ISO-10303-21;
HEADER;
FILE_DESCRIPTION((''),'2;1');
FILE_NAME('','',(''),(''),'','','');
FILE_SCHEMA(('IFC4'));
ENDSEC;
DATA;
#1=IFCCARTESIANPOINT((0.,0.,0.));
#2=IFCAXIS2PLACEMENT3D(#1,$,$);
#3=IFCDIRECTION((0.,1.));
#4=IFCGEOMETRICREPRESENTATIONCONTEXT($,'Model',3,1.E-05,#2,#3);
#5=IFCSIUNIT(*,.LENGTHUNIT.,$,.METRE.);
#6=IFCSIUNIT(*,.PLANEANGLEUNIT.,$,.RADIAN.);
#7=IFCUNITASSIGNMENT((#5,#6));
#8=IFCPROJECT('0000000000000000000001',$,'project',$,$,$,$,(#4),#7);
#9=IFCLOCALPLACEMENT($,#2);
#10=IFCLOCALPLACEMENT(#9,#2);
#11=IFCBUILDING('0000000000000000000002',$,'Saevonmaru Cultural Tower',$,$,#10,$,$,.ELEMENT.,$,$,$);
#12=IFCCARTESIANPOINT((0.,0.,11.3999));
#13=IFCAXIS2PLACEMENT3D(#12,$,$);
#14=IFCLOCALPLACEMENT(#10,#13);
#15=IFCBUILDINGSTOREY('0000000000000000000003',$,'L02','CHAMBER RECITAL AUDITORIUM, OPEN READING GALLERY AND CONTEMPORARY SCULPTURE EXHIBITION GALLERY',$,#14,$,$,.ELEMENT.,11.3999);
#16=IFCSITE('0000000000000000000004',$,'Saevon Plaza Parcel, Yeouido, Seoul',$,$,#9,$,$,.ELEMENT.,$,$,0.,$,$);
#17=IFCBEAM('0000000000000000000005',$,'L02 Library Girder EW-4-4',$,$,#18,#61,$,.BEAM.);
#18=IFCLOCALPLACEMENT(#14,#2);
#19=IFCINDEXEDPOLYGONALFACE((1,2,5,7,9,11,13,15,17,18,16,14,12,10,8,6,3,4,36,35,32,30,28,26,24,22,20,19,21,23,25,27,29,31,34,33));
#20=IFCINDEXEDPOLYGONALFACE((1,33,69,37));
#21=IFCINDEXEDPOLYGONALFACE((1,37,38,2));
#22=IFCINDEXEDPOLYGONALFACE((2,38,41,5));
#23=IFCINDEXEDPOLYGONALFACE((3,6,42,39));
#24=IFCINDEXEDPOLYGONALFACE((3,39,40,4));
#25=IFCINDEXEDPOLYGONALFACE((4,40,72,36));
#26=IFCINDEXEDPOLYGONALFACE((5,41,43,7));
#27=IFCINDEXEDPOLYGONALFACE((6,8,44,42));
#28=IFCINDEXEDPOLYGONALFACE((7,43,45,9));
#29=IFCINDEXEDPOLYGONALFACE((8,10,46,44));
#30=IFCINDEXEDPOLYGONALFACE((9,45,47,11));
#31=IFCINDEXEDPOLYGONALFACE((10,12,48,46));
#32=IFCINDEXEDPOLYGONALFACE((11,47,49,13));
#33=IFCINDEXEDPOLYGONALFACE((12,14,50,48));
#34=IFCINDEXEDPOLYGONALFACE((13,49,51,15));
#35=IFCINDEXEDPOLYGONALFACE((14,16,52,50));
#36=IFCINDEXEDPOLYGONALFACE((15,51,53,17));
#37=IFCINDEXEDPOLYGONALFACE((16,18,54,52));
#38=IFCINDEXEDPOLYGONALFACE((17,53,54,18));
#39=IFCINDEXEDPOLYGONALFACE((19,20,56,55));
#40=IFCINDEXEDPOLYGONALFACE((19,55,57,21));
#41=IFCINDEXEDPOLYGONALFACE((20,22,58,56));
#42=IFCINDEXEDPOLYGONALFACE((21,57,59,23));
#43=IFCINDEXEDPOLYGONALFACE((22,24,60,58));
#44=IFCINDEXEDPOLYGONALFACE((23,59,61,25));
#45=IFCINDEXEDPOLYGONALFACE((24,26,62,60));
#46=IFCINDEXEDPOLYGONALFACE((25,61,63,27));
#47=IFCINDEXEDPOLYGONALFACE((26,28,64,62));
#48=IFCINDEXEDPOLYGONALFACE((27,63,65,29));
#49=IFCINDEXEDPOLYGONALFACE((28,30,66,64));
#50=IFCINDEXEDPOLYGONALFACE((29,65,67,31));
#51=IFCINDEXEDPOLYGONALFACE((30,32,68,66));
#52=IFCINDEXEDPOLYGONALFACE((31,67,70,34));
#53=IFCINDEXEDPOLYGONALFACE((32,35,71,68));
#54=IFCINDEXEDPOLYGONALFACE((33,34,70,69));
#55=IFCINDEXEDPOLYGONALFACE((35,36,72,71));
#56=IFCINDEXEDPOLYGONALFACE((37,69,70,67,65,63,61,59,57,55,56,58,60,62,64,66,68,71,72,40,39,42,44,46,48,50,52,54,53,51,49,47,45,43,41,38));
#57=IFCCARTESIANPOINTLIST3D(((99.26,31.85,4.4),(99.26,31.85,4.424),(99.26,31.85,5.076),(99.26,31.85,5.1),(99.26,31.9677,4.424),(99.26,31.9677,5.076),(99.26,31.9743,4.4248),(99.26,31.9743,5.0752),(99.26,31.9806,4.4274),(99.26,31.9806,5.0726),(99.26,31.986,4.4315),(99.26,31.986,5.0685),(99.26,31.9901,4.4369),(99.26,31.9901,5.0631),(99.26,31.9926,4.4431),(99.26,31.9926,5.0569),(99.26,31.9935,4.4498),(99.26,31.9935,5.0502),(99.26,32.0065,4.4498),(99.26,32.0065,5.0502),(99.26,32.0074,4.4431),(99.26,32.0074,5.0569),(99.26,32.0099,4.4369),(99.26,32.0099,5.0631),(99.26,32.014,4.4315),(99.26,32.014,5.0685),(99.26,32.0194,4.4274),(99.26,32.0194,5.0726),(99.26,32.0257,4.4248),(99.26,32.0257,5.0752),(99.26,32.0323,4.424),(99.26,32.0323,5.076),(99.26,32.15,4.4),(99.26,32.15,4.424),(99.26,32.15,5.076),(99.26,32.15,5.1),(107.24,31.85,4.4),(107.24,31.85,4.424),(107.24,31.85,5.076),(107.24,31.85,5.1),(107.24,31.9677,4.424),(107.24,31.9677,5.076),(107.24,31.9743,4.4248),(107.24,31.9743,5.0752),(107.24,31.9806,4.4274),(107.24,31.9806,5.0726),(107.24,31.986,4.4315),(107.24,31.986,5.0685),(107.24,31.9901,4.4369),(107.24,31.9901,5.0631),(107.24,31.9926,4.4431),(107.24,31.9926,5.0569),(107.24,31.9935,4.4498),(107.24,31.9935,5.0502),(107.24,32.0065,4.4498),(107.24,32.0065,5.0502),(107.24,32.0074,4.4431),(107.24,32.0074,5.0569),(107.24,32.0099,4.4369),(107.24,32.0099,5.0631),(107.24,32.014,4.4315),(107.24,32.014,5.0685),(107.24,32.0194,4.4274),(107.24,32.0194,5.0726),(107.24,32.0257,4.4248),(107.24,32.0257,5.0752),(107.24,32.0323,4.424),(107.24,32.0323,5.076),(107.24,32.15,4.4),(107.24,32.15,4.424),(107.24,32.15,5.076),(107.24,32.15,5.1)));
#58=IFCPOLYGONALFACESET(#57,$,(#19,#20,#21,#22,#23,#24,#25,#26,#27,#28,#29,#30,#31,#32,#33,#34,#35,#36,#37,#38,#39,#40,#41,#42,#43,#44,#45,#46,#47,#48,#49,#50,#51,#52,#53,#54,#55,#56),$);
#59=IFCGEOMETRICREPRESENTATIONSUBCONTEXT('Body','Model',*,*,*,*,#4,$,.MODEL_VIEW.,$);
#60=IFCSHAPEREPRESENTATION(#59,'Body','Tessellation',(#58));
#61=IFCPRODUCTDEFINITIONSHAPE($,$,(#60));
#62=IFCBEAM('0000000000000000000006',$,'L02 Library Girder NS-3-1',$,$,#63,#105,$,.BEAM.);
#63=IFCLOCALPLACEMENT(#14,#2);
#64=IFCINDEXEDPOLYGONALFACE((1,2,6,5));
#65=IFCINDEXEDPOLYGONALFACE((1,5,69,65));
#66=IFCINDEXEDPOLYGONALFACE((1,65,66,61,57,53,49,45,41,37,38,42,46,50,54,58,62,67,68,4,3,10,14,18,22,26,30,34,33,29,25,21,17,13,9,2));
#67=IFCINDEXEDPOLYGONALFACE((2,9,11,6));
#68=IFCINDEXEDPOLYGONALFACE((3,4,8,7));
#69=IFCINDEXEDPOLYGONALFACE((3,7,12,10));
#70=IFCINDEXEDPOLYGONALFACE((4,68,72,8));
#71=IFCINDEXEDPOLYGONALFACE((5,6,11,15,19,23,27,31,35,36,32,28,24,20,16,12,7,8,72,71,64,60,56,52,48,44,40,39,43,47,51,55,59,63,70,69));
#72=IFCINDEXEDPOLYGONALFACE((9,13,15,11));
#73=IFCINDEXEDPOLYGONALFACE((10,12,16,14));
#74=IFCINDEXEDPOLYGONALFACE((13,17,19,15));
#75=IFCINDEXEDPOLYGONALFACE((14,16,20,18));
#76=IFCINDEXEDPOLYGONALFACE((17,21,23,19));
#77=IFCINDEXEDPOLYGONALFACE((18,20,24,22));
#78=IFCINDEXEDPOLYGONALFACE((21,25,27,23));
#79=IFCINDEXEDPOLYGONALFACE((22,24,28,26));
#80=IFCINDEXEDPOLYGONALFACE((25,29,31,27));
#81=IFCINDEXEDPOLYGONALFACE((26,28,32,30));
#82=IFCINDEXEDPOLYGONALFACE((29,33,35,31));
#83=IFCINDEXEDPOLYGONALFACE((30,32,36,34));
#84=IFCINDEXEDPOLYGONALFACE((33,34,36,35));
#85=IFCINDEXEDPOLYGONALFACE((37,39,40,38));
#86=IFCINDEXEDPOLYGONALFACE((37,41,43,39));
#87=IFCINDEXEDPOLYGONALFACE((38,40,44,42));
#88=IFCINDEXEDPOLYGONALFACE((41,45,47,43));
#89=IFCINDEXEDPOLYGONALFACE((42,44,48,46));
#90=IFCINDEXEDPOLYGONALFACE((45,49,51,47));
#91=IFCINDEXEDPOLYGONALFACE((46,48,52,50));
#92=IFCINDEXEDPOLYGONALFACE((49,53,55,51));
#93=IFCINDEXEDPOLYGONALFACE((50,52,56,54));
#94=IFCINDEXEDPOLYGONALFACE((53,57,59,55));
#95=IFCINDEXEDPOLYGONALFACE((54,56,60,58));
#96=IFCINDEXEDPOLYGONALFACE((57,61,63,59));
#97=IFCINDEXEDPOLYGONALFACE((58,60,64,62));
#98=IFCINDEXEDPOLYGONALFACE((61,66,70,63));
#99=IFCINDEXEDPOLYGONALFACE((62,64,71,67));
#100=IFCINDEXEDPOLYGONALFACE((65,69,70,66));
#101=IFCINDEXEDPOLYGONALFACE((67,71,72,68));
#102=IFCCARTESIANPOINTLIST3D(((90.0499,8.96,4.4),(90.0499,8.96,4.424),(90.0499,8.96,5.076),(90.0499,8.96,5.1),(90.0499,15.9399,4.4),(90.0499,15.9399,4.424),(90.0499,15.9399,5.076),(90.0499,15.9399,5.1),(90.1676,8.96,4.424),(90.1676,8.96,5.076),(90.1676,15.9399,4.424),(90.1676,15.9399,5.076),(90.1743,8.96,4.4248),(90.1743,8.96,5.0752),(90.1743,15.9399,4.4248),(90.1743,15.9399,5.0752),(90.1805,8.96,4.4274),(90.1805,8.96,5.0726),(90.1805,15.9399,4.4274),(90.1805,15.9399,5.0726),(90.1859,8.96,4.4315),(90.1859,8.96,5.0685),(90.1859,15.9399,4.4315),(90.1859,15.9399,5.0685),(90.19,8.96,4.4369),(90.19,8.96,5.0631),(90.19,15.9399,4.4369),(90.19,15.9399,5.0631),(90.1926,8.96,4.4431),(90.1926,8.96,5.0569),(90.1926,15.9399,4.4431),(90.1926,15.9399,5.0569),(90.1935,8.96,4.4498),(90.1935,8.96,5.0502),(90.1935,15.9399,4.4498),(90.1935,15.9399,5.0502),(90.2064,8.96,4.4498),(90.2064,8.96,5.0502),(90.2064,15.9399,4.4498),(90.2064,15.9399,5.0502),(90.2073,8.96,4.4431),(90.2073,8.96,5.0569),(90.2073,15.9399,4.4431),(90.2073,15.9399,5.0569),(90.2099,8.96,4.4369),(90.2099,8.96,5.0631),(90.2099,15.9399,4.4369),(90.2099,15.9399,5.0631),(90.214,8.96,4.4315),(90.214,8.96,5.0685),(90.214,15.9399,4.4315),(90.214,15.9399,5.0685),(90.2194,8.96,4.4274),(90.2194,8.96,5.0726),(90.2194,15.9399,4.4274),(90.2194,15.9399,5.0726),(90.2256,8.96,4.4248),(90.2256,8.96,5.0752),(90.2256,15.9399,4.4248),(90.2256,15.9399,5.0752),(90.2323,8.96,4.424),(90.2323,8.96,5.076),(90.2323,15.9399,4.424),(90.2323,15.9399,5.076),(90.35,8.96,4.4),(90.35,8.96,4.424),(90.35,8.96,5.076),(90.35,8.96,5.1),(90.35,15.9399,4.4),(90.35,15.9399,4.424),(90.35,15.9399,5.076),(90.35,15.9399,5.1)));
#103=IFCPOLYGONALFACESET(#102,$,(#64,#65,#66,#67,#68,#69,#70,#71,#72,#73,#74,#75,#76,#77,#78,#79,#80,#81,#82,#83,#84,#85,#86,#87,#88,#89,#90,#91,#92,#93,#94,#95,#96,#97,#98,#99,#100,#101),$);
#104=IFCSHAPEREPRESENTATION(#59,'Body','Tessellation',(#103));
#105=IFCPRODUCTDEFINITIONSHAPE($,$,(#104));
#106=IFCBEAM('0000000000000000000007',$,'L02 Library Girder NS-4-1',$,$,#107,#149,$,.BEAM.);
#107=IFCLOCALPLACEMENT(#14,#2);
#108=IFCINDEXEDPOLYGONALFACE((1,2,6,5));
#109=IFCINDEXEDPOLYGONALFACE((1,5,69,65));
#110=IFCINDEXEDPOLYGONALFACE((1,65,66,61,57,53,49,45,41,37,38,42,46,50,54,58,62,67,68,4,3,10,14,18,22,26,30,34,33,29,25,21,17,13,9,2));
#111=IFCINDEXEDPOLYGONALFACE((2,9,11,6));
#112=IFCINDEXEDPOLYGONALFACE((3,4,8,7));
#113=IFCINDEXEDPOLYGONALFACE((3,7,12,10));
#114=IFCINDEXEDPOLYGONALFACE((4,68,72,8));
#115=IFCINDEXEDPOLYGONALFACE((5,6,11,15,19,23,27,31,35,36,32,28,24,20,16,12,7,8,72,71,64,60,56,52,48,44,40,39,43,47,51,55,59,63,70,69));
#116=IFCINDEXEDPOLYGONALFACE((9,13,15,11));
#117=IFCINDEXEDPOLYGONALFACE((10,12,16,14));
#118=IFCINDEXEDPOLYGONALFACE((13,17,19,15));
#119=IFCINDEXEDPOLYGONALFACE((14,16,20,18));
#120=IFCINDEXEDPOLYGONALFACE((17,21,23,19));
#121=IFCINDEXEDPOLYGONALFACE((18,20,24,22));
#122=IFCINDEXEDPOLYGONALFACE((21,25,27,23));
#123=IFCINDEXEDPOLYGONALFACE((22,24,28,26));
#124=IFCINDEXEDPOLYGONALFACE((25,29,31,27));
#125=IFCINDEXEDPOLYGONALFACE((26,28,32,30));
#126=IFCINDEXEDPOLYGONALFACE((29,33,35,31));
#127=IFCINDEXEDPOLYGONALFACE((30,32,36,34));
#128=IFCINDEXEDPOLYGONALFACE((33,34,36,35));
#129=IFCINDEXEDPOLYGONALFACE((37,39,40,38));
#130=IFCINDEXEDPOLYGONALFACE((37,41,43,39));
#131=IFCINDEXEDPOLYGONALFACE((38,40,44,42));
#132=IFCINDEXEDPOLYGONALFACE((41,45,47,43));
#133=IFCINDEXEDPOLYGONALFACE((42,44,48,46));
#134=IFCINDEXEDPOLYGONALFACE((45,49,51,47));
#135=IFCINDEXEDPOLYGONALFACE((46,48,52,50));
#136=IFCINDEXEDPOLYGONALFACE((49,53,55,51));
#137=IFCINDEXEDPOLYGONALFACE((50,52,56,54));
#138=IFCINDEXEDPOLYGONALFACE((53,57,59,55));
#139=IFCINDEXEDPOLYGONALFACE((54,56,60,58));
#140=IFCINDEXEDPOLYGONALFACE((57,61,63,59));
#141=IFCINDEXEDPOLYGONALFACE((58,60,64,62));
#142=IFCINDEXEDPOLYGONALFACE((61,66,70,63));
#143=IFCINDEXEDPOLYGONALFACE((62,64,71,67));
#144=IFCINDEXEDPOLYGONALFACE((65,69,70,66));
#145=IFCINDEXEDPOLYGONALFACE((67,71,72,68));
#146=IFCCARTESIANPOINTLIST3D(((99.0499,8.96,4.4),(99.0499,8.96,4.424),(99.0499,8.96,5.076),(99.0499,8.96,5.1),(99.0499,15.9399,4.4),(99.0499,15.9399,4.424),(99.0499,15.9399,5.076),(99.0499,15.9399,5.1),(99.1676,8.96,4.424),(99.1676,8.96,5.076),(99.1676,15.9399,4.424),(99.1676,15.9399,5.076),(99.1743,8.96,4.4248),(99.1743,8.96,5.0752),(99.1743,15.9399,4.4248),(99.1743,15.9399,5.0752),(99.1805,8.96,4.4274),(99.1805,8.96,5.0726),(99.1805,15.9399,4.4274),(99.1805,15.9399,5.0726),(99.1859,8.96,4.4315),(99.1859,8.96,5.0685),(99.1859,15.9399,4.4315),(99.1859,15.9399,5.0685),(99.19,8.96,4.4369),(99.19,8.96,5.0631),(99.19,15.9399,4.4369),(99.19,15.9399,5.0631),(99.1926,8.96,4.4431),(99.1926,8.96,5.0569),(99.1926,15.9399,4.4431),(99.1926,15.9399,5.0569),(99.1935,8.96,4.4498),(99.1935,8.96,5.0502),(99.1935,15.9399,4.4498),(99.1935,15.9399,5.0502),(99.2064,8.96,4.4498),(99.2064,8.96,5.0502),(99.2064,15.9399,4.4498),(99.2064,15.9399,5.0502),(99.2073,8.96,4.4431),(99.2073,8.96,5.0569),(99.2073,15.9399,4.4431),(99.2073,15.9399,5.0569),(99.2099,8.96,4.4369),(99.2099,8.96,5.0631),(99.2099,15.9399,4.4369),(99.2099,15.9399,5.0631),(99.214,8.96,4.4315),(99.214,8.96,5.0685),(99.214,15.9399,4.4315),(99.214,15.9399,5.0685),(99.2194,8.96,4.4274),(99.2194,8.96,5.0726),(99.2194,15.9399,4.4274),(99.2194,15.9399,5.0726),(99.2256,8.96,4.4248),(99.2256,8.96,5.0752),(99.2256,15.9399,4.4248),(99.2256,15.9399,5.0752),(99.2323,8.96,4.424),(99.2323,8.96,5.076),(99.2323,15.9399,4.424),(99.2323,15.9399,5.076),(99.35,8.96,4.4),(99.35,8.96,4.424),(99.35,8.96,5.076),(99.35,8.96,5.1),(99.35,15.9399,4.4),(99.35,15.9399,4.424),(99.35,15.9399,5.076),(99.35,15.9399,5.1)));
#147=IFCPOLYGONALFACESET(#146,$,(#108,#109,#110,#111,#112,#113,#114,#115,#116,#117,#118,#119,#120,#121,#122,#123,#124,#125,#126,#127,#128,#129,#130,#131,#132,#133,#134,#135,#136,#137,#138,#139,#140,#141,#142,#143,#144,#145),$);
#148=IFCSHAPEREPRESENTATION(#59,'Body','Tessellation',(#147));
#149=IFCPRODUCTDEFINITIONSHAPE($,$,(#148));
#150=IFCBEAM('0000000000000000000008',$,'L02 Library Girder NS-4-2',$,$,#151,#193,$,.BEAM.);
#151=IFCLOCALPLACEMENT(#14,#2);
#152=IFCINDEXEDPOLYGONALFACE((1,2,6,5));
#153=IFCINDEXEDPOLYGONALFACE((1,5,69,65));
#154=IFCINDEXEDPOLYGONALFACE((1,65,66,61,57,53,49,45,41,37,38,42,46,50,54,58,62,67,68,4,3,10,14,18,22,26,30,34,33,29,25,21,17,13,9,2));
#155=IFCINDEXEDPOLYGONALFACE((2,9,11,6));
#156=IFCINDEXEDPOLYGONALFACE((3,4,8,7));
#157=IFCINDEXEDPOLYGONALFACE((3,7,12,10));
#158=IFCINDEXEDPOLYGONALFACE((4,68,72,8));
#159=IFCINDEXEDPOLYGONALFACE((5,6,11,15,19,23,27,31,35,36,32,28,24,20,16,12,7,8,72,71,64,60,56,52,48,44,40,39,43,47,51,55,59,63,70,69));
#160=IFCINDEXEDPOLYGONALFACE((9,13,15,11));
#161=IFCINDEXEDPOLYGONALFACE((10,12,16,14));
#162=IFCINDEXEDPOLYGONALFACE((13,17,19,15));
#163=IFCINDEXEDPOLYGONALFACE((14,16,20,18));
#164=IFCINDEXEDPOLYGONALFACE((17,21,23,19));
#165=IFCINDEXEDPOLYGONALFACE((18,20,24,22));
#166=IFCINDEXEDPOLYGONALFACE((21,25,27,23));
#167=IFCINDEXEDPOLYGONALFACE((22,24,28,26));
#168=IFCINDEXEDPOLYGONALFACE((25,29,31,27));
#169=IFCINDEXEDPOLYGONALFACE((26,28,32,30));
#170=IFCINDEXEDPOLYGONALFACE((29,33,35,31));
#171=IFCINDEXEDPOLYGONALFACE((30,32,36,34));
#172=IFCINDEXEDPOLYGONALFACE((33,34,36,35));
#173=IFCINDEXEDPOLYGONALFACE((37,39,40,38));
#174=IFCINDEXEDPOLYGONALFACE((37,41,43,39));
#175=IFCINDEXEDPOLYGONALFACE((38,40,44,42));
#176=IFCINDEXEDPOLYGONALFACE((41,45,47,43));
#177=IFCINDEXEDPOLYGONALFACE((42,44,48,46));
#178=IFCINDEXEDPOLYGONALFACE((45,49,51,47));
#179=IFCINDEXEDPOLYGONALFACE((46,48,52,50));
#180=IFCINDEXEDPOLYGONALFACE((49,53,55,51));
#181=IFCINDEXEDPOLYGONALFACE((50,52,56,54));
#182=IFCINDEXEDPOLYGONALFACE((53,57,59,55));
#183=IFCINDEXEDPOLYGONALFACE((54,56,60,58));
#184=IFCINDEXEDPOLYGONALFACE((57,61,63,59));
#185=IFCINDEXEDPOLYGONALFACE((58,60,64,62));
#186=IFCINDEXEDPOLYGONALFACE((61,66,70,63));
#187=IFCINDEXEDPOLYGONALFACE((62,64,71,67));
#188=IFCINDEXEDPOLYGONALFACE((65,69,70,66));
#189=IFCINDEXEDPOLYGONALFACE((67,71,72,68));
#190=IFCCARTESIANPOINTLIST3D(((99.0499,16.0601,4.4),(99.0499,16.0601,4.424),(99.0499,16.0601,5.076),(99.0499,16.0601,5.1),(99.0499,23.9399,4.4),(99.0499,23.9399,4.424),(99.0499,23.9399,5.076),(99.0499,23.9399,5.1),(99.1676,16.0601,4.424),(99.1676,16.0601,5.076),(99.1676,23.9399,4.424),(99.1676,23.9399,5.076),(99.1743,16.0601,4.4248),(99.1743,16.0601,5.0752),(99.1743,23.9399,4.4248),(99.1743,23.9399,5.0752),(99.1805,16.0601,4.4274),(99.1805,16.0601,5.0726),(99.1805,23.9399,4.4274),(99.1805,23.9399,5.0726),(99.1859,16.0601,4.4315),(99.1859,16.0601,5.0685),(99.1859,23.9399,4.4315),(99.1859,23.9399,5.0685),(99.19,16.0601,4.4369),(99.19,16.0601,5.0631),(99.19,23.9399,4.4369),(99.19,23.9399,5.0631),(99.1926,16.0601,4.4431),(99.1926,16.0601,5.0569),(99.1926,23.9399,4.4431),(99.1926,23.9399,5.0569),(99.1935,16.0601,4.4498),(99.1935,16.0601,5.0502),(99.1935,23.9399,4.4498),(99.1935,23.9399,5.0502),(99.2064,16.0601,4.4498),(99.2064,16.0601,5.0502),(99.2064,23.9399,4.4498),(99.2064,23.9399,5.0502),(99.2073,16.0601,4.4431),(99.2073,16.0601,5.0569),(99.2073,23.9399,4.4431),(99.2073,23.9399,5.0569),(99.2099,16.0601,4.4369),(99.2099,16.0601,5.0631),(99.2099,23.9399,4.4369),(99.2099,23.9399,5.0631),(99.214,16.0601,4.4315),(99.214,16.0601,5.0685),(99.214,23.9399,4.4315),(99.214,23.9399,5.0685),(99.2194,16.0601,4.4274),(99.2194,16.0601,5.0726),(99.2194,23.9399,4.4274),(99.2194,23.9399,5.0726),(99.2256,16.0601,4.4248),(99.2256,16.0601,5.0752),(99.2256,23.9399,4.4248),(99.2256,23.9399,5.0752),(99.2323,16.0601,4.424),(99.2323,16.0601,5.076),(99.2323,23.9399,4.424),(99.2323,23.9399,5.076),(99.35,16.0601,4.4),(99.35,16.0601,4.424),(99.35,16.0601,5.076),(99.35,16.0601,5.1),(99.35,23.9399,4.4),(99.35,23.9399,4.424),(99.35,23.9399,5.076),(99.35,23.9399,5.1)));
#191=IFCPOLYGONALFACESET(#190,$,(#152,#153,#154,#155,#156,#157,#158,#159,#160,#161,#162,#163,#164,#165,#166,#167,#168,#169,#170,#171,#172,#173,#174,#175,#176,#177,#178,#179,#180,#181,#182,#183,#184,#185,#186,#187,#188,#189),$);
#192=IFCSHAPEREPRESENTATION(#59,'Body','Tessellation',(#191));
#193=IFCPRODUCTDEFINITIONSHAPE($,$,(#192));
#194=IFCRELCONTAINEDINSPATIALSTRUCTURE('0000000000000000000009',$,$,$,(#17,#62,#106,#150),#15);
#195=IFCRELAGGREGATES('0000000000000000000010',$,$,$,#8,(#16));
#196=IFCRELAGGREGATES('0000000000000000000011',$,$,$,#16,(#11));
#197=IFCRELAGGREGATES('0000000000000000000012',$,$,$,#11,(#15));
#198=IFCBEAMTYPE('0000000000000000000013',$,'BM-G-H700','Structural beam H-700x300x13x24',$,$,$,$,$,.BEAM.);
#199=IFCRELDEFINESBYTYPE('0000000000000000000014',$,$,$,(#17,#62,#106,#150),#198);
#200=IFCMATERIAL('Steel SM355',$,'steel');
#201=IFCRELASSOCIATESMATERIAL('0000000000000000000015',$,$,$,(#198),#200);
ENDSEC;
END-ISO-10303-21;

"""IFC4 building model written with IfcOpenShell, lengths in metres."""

from ifc_helpers import new_model, si_unit, direction, frame, origin, origin_2d, place, context, subcontext, project, spatial, i_section, extrude, material, material_profile, profile_set, type_object, element, save


model = new_model("IFC4")

# Units and contexts
model_context = context("Model", 3, precision=1e-05, world=origin(), true_north=direction((0.0, 1.0)))
body_context = subcontext(model_context, "Body", "Model", "MODEL_VIEW")
ifc_project = project(units=[si_unit("LENGTHUNIT", "METRE"), si_unit("PLANEANGLEUNIT", "RADIAN")], contexts=[model_context])

# Site, building, storey
site_placement = place(None, origin())
site = spatial("IfcSite", under=ifc_project, at=site_placement, Name="Saevon Plaza Parcel, Yeouido, Seoul", CompositionType="ELEMENT", RefElevation=0.0)
building_placement = place(site_placement, origin())
building = spatial("IfcBuilding", under=site, at=building_placement, Name="Saevonmaru Cultural Tower", CompositionType="ELEMENT")
storey_placement = place(building_placement, frame((0.0, 0.0, 11.3999)))
storey = spatial("IfcBuildingStorey", under=building, at=storey_placement, Name="L02", Description="CHAMBER RECITAL AUDITORIUM, OPEN READING GALLERY AND CONTEMPORARY SCULPTURE EXHIBITION GALLERY", CompositionType="ELEMENT", Elevation=11.3999)

# Shared definitions
ifc_material_1 = material(Name="Steel SM355", Category="steel")

# Beams
ifc_material_profile_1 = material_profile(ifc_material_1, i_section(OverallWidth=0.3, OverallDepth=0.7, WebThickness=0.0129, FlangeThickness=0.0239, FilletRadius=0.0259, at=origin_2d()), Name="H-700x300x13x24")
ifc_profile_set_1 = profile_set([ifc_material_profile_1], Name="Steel SM355")
beam_type_1 = type_object("IfcBeamType", Name="BM-G-H700", Description="Structural beam H-700x300x13x24", PredefinedType="BEAM", material=ifc_profile_set_1)
beam_1_placement = place(storey_placement, frame((99.26, 32.0, 4.75), z_axis=(1.0, 0.0, 0.0), x_axis=(0.0, 1.0, 0.0)))
element("IfcBeam", 1, at=beam_1_placement, inside=storey, type_object=beam_type_1, Name="L02 Library Girder EW-4-4", PredefinedType="BEAM", context=body_context, shape_type="SweptSolid", body=[
    extrude(i_section(OverallWidth=0.3, OverallDepth=0.7, WebThickness=0.0129, FlangeThickness=0.0239, FilletRadius=0.0259, at=origin_2d()), origin(), (0.0, 0.0, 1.0), 7.98),
])
for number, where, z_axis, x_axis, name in (
    (2, (90.2, 8.96, 4.75), (0.0, 1.0, 0.0), (-1.0, 0.0, 0.0), "L02 Library Girder NS-3-1"),
    (3, (99.2, 8.96, 4.75), (0.0, 1.0, 0.0), (-1.0, 0.0, 0.0), "L02 Library Girder NS-4-1"),
):
    element("IfcBeam", number, at=place(storey_placement, frame(where, z_axis=z_axis, x_axis=x_axis)), inside=storey, type_object=beam_type_1, Name=name, PredefinedType="BEAM", context=body_context, shape_type="SweptSolid", body=[
        extrude(i_section(OverallWidth=0.3, OverallDepth=0.7, WebThickness=0.0129, FlangeThickness=0.0239, FilletRadius=0.0259, at=origin_2d()), origin(), (0.0, 0.0, 1.0), 6.98),
    ])
for number, where, z_axis, x_axis, name in (
    (4, (99.2, 16.0601, 4.75), (0.0, 1.0, 0.0), (-1.0, 0.0, 0.0), "L02 Library Girder NS-4-2"),
):
    element("IfcBeam", number, at=place(storey_placement, frame(where, z_axis=z_axis, x_axis=x_axis)), inside=storey, type_object=beam_type_1, Name=name, PredefinedType="BEAM", context=body_context, shape_type="SweptSolid", body=[
        extrude(i_section(OverallWidth=0.3, OverallDepth=0.7, WebThickness=0.0129, FlangeThickness=0.0239, FilletRadius=0.0259, at=origin_2d()), origin(), (0.0, 0.0, 1.0), 7.8799),
    ])

save(model, "model.ifc")
